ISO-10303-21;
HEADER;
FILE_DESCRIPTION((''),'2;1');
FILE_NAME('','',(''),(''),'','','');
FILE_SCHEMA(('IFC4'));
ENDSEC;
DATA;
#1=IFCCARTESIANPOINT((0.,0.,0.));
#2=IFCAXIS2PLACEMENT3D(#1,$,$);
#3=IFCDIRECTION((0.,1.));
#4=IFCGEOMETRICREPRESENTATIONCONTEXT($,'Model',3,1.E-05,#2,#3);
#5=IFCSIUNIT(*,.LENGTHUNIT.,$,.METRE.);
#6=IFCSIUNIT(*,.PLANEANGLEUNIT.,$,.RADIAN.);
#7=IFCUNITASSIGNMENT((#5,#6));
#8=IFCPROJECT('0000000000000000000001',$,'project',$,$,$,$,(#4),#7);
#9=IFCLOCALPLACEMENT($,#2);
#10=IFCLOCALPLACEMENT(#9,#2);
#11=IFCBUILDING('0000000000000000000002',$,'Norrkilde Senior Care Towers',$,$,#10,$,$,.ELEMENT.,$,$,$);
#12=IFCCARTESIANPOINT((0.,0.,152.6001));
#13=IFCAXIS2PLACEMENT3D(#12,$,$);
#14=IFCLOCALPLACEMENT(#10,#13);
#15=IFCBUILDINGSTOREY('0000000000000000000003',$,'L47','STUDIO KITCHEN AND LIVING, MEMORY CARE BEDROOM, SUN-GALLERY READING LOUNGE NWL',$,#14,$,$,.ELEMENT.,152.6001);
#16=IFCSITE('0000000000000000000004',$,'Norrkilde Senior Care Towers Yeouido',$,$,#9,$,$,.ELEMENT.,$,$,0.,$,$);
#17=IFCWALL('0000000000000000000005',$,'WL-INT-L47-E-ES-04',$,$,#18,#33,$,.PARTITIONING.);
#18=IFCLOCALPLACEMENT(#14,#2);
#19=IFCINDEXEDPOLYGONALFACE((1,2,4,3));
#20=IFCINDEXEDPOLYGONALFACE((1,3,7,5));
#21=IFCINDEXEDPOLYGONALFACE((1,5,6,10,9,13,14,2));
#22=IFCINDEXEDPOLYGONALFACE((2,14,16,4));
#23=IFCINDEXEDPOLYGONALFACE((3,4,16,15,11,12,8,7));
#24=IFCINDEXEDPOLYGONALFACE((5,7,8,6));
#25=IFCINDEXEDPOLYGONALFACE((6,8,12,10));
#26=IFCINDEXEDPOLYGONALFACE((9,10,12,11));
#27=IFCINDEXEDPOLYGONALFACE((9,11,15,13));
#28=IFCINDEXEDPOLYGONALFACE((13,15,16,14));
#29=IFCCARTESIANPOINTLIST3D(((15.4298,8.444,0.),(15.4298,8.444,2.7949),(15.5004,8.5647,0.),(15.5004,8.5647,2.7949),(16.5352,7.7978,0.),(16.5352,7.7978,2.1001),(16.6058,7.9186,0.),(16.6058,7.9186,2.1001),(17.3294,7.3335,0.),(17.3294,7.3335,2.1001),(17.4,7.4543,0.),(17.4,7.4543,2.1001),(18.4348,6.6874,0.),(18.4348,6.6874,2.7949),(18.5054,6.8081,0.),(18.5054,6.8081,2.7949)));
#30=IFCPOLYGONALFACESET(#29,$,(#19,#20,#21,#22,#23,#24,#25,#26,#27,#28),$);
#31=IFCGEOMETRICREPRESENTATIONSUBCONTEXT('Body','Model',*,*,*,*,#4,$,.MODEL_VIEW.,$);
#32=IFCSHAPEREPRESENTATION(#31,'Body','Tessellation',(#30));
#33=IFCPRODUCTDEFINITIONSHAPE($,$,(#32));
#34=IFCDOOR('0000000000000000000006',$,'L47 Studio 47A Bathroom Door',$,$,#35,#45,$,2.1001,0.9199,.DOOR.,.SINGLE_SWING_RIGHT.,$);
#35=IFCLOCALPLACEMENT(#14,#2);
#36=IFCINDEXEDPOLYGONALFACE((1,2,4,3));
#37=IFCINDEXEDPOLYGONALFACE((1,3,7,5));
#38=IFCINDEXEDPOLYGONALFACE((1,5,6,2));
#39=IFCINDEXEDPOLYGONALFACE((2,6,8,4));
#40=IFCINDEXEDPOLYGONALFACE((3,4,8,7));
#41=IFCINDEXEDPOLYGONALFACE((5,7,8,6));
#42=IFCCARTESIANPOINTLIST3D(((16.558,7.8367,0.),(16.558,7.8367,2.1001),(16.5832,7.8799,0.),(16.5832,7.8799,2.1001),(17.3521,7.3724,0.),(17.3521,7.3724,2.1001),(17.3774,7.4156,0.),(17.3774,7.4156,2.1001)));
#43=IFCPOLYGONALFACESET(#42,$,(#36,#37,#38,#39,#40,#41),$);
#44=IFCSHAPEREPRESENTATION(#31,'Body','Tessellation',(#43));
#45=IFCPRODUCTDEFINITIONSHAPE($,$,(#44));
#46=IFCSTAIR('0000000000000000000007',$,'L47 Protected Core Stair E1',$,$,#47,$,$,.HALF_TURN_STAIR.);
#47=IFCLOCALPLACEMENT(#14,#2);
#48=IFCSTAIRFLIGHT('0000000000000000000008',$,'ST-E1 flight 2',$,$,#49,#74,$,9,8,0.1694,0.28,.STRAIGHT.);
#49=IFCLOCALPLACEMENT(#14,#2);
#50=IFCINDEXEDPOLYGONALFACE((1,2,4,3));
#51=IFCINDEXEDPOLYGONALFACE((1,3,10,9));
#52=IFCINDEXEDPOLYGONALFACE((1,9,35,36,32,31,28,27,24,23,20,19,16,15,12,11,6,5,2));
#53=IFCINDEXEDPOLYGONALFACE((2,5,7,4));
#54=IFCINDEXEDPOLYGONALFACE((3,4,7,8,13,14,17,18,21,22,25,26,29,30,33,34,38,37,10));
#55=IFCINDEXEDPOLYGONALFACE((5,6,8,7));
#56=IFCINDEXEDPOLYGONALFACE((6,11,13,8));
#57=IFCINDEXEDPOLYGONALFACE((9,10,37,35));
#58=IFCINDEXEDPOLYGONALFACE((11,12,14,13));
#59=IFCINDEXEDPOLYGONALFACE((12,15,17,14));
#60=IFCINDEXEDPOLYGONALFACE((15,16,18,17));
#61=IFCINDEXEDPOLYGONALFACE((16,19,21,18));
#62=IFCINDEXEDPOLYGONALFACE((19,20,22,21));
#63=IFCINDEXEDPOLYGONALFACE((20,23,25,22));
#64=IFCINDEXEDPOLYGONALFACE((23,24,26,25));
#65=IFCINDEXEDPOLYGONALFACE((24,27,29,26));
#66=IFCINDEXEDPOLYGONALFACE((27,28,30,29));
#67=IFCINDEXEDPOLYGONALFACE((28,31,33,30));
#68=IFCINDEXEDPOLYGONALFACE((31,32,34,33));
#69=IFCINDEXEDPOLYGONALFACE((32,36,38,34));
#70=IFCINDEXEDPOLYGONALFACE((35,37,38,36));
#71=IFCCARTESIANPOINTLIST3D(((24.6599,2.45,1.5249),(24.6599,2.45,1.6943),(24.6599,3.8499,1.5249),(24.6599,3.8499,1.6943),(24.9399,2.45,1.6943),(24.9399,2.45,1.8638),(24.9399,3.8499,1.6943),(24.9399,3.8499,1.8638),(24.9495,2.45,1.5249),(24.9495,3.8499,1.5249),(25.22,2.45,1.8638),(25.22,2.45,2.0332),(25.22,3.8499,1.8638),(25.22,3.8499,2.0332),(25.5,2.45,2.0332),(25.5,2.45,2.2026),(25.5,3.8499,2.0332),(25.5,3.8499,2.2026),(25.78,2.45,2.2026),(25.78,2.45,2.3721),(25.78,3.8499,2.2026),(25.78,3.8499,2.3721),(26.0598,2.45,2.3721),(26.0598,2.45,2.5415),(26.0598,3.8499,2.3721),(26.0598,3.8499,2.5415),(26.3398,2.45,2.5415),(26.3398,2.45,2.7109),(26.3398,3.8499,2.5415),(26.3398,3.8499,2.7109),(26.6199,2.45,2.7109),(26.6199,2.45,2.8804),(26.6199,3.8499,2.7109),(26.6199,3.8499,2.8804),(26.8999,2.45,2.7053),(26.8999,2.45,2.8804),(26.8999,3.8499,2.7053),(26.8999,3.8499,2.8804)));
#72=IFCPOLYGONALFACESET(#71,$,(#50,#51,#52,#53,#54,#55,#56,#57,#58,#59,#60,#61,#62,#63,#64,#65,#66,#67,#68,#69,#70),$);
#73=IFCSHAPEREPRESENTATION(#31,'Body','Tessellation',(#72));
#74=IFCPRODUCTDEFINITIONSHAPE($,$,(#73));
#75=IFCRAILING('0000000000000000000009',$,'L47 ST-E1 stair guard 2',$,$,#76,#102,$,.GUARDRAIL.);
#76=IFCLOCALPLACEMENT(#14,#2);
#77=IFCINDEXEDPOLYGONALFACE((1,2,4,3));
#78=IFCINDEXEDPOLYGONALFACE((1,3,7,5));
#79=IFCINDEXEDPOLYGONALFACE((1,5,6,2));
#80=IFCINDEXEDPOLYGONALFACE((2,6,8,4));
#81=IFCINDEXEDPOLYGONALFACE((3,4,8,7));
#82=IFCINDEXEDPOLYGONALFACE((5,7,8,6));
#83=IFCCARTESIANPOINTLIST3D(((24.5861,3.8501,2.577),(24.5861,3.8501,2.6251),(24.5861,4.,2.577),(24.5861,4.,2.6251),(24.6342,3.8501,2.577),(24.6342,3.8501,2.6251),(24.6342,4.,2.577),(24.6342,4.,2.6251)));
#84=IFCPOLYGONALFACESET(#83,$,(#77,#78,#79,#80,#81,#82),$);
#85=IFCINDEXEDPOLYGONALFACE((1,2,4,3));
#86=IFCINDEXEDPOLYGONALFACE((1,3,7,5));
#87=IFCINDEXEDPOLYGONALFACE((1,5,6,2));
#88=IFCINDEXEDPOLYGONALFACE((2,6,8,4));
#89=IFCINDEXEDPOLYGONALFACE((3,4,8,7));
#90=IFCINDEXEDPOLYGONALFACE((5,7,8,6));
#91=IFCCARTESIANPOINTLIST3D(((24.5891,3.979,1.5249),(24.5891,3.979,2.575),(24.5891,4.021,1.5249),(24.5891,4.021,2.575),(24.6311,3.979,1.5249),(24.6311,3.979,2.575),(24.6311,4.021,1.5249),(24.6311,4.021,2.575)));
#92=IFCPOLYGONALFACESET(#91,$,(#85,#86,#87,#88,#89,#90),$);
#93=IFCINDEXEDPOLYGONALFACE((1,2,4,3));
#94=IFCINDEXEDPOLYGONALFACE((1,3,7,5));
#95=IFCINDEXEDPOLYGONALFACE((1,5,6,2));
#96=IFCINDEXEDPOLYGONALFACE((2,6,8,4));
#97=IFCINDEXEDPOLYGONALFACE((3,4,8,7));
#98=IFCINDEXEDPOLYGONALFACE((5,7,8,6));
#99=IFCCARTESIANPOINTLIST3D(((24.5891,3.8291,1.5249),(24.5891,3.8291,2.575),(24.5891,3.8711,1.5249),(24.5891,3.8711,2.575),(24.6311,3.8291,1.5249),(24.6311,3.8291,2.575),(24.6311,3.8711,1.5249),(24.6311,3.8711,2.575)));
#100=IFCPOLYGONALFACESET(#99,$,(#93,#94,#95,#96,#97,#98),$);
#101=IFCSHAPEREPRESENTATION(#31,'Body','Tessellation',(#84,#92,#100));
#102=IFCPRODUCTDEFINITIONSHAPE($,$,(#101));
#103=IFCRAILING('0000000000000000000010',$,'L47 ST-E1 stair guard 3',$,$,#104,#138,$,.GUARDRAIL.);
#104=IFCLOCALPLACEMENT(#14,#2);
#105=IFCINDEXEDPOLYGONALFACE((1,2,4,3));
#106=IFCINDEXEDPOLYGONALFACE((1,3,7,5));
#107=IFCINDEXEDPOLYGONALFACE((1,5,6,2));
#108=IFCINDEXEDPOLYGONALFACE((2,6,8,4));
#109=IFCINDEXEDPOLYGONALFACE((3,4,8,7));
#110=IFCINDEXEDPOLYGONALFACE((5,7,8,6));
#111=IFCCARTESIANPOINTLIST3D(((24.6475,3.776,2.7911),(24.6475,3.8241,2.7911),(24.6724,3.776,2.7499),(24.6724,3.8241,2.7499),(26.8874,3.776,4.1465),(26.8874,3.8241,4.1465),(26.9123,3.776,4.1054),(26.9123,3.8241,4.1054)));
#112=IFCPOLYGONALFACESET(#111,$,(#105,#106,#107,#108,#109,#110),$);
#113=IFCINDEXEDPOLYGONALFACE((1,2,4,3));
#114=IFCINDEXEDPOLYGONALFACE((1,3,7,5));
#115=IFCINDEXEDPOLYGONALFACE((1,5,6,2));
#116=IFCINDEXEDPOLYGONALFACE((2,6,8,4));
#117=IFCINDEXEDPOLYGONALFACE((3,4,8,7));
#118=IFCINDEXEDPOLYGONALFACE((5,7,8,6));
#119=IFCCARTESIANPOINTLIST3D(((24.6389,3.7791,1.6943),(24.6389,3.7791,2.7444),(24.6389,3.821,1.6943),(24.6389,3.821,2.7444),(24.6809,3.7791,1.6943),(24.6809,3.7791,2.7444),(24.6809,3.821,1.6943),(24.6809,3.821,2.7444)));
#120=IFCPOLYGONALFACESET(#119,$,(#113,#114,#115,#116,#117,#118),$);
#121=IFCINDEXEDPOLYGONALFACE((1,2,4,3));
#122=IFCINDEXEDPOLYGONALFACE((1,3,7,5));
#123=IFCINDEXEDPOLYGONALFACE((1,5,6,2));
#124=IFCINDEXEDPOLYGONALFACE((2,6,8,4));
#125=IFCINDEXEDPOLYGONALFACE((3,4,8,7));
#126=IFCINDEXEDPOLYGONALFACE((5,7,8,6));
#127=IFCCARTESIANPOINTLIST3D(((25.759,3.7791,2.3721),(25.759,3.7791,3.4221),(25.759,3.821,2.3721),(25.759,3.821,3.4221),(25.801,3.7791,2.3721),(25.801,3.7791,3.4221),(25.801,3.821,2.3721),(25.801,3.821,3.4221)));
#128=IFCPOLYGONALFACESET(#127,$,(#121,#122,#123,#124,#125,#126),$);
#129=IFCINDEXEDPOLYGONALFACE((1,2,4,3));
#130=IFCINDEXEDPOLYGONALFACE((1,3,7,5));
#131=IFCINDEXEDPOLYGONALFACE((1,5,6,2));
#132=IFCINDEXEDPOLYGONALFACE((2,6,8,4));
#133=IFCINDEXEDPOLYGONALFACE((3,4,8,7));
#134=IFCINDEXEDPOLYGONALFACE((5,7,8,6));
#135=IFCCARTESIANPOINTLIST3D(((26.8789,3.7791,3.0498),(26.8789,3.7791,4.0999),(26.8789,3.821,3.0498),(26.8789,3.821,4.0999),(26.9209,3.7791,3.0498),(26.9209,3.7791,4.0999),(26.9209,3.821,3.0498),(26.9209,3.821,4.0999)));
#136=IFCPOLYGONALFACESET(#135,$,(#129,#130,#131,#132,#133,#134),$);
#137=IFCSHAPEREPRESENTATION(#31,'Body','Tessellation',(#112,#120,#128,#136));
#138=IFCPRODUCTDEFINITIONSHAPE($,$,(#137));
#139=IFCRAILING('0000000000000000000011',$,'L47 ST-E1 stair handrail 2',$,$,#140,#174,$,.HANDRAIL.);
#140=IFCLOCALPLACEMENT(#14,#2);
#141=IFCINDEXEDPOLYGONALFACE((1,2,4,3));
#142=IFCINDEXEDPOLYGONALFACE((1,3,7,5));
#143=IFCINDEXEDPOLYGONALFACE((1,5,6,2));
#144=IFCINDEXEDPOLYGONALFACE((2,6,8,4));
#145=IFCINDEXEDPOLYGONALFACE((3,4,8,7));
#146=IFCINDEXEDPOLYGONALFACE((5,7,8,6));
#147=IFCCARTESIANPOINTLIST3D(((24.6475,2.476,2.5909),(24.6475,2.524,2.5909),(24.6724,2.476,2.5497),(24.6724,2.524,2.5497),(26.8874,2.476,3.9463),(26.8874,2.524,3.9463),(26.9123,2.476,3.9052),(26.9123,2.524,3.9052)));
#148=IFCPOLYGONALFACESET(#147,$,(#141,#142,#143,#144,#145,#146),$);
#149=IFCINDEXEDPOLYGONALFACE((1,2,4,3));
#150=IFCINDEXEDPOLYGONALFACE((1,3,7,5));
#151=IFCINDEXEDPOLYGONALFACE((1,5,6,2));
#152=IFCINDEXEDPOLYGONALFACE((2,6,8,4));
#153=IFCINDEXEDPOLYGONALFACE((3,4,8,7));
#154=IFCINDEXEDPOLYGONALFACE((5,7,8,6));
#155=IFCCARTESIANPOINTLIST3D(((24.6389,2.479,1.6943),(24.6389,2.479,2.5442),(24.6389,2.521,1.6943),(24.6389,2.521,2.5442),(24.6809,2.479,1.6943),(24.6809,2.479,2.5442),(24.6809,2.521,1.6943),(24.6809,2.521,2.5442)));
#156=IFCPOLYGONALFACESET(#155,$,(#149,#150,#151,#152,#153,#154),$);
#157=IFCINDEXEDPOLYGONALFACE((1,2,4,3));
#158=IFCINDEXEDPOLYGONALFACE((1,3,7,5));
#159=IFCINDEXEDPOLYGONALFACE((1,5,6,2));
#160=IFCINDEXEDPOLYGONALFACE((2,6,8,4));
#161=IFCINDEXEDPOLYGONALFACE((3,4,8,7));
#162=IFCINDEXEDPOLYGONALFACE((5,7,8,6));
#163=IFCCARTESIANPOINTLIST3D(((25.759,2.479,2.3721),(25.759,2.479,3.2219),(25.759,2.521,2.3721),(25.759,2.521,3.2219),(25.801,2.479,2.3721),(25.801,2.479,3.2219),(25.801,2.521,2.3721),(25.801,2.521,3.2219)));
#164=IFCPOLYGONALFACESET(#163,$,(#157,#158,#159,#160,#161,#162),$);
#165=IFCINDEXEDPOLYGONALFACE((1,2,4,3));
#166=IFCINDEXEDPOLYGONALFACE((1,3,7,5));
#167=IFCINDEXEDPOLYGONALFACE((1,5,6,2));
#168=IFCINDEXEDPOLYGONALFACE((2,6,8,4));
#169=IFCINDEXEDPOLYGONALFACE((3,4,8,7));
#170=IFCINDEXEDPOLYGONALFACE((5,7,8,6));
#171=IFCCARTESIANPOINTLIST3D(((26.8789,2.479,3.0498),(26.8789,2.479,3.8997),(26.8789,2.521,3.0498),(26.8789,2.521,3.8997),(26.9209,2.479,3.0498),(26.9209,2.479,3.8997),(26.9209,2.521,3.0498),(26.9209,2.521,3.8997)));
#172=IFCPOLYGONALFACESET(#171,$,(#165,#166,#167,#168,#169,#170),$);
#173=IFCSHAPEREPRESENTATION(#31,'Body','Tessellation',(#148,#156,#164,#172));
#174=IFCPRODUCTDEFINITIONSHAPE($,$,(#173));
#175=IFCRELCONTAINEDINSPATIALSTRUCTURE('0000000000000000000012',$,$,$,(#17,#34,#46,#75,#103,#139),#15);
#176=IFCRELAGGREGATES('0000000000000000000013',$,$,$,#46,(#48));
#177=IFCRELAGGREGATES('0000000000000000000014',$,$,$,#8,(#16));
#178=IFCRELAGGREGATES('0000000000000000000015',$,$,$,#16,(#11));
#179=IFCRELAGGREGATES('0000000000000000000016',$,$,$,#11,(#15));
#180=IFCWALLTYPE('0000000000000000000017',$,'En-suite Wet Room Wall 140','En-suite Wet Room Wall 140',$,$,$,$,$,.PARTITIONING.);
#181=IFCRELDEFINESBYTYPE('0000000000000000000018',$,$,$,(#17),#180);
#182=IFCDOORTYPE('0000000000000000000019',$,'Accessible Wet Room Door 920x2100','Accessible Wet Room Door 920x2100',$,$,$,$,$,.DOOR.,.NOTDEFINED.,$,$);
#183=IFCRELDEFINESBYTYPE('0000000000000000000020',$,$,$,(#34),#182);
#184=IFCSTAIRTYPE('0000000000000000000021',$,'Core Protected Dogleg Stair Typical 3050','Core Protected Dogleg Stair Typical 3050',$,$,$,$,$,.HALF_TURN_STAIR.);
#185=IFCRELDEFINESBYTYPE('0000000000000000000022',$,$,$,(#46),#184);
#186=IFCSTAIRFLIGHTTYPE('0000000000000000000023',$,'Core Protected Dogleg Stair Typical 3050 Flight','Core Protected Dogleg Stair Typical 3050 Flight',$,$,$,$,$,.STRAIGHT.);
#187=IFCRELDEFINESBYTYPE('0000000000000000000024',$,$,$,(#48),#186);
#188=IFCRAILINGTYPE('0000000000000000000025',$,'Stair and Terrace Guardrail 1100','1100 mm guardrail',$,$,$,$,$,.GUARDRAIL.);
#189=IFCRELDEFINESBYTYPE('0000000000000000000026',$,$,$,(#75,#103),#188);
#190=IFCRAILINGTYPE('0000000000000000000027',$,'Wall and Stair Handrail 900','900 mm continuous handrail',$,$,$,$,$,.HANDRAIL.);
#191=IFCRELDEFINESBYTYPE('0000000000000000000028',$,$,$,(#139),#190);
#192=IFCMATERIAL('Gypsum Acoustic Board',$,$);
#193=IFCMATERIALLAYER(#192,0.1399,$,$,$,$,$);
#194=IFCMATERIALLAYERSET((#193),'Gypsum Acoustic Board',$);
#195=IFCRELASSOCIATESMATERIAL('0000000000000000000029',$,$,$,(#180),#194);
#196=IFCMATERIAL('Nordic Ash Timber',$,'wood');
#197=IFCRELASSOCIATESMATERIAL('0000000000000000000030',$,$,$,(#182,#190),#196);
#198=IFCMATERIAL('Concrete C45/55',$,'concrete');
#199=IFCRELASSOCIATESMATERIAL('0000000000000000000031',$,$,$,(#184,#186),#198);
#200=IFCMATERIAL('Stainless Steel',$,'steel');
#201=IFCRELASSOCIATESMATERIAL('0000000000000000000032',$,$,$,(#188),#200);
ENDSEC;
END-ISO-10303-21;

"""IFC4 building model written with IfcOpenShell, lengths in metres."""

from ifc_helpers import new_model, si_unit, direction, frame, frame_2d, origin, origin_2d, place, context, subcontext, project, spatial, polyline, rectangle, outline, extrude, source, transform, mapped, material, layer, layer_set, type_object, type_shapes, element, fill, aggregate, save


model = new_model("IFC4")

# Units and contexts
model_context = context("Model", 3, precision=1e-05, world=origin(), true_north=direction((0.0, 1.0)))
body_context = subcontext(model_context, "Body", "Model", "MODEL_VIEW")
ifc_project = project(units=[si_unit("LENGTHUNIT", "METRE"), si_unit("PLANEANGLEUNIT", "RADIAN")], contexts=[model_context])

# Site, building, storey
site_placement = place(None, origin())
site = spatial("IfcSite", under=ifc_project, at=site_placement, Name="Norrkilde Senior Care Towers Yeouido", CompositionType="ELEMENT", RefElevation=0.0)
building_placement = place(site_placement, origin())
building = spatial("IfcBuilding", under=site, at=building_placement, Name="Norrkilde Senior Care Towers", CompositionType="ELEMENT")
storey_placement = place(building_placement, frame((0.0, 0.0, 152.6001)))
storey = spatial("IfcBuildingStorey", under=building, at=storey_placement, Name="L47", Description="STUDIO KITCHEN AND LIVING, MEMORY CARE BEDROOM, SUN-GALLERY READING LOUNGE NWL", CompositionType="ELEMENT", Elevation=152.6001)

# Shared definitions
ifc_material_1 = material(Name="Concrete C45/55", Category="concrete")

# Shared definitions
ifc_material_2 = material(Name="Gypsum Acoustic Board")

# Wall, opening, door
ifc_layer_1 = layer(ifc_material_2, 0.1399)
ifc_layer_set_1 = layer_set([ifc_layer_1], Name="Gypsum Acoustic Board")
wall_type_1 = type_object("IfcWallType", Name="En-suite Wet Room Wall 140", Description="En-suite Wet Room Wall 140", PredefinedType="PARTITIONING", material=ifc_layer_set_1)
shared_shape_1 = source(origin(), body_context, "Body", "SweptSolid", [
    extrude(rectangle(XDim=3.4807, YDim=0.1399, at=frame_2d((1.7402, 0.0))), origin(), (0.0, 0.0, 1.0), 2.7949),
])
type_shapes(wall_type_1, [shared_shape_1])
wall_1_placement = place(storey_placement, frame((18.47, 6.7478, 0.0), z_axis=(0.0, 0.0, 1.0), x_axis=(-0.86331, 0.504673, 0.0)))
wall_1 = element("IfcWall", 1, at=wall_1_placement, inside=storey, type_object=wall_type_1, Name="WL-INT-L47-E-ES-04", PredefinedType="PARTITIONING", context=body_context, shape_type="MappedRepresentation", body=[
    mapped(shared_shape_1, transform((0.0, 0.0, 0.0), x_axis=(1.0, 0.0, 0.0), y_axis=(0.0, 1.0, 0.0), z_axis=(0.0, 0.0, 1.0), scale=1.0)),
])
opening_1_placement = place(wall_1_placement, frame((1.2803, 0.0, 0.0)))
opening_1 = element("IfcOpeningElement", 2, at=opening_1_placement, cuts=wall_1, PredefinedType="OPENING", context=body_context, shape_type="SweptSolid", body=[
    extrude(rectangle(XDim=0.9199, YDim=2.1001, at=frame_2d((0.46, 1.05))), frame((0.0, 0.0798, 0.0), z_axis=(0.0, -1.0, 0.0), x_axis=(1.0, 0.0, 0.0)), (0.0, 0.0, 1.0), 0.1599),
])
ifc_material_3 = material(Name="Nordic Ash Timber", Category="wood")
door_type_1 = type_object("IfcDoorType", Name="Accessible Wet Room Door 920x2100", Description="Accessible Wet Room Door 920x2100", OperationType="NOTDEFINED", PredefinedType="DOOR", material=ifc_material_3)
shared_shape_2 = source(origin(), body_context, "Body", "SweptSolid", [
    extrude(rectangle(XDim=0.9199, YDim=2.1001, at=frame_2d((0.46, 1.05))), frame((0.0, 0.0249, 0.0), z_axis=(0.0, -1.0, 0.0), x_axis=(1.0, 0.0, 0.0)), (0.0, 0.0, 1.0), 0.05),
])
type_shapes(door_type_1, [shared_shape_2])
door_1_placement = place(opening_1_placement, origin())
door_1 = element("IfcDoor", 3, at=door_1_placement, inside=storey, type_object=door_type_1, Name="L47 Studio 47A Bathroom Door", OperationType="SINGLE_SWING_RIGHT", OverallHeight=2.1001, OverallWidth=0.9199, PredefinedType="DOOR", context=body_context, shape_type="MappedRepresentation", body=[
    mapped(shared_shape_2, transform((0.0, 0.0, 0.0), x_axis=(1.0, 0.0, 0.0), y_axis=(0.0, 1.0, 0.0), z_axis=(0.0, 0.0, 1.0), scale=1.0)),
])
fill(opening_1, door_1)

# Stair, stair flight
stair_type = type_object("IfcStairType", Name="Core Protected Dogleg Stair Typical 3050", Description="Core Protected Dogleg Stair Typical 3050", PredefinedType="HALF_TURN_STAIR", material=ifc_material_1)
stair_placement = place(storey_placement, origin())
stair = element("IfcStair", 4, at=stair_placement, inside=storey, type_object=stair_type, Name="L47 Protected Core Stair E1", PredefinedType="HALF_TURN_STAIR")
stair_flight_type = type_object("IfcStairFlightType", Name="Core Protected Dogleg Stair Typical 3050 Flight", Description="Core Protected Dogleg Stair Typical 3050 Flight", PredefinedType="STRAIGHT", material=ifc_material_1)
stair_flight_placement = place(storey_placement, frame((24.6599, 3.1499, 1.5249), z_axis=(0.0, 0.0, 1.0), x_axis=(1.0, 0.0, 0.0)))
stair_flight = element("IfcStairFlight", 5, at=stair_flight_placement, type_object=stair_flight_type, Name="ST-E1 flight 2", NumberOfRisers=9, NumberOfTreads=8, PredefinedType="STRAIGHT", RiserHeight=0.1694, TreadLength=0.28, context=body_context, shape_type="SweptSolid", body=[
    extrude(outline(polyline([(0.0, 0.0), (0.0, 0.1694), (0.28, 0.1694), (0.28, 0.3389), (0.5601, 0.3389), (0.5601, 0.5083), (0.8401, 0.5083), (0.8401, 0.6777), (1.1201, 0.6777), (1.1201, 0.8472), (1.3999, 0.8472), (1.3999, 1.0166), (1.6799, 1.0166), (1.6799, 1.186), (1.96, 1.186), (1.96, 1.3555), (2.24, 1.3555), (2.24, 1.5249), (2.24, 1.1804), (0.2896, 0.0), (0.0, 0.0)])), frame((0.0, 0.7, 0.0), z_axis=(0.0, -1.0, 0.0), x_axis=(1.0, 0.0, 0.0)), (0.0, 0.0, 1.0), 1.3999),
])
aggregate(stair, [stair_flight])

# Railings
ifc_material_4 = material(Name="Stainless Steel", Category="steel")
railing_type_1 = type_object("IfcRailingType", Name="Stair and Terrace Guardrail 1100", Description="1100 mm guardrail", PredefinedType="GUARDRAIL", material=ifc_material_4)
railing_1_placement = place(storey_placement, frame((24.6101, 4.0, 1.5249)))
element("IfcRailing", 6, at=railing_1_placement, inside=storey, type_object=railing_type_1, Name="L47 ST-E1 stair guard 2", PredefinedType="GUARDRAIL", context=body_context, shape_type="SweptSolid", body=[
    extrude(rectangle(XDim=0.0481, YDim=0.0481, at=origin_2d()), frame((0.0, 0.0, 1.0762), z_axis=(0.0, -1.0, 0.0), x_axis=(1.0, 0.0, 0.0)), (0.0, 0.0, 1.0), 0.1499),
    extrude(rectangle(XDim=0.042, YDim=0.042, at=origin_2d()), origin(), (0.0, 0.0, 1.0), 1.05),
    extrude(rectangle(XDim=0.042, YDim=0.042, at=origin_2d()), frame((0.0, -0.1499, 0.0)), (0.0, 0.0, 1.0), 1.05),
])
railing_2_placement = place(storey_placement, frame((24.6599, 3.8, 1.6943)))
element("IfcRailing", 7, at=railing_2_placement, inside=storey, type_object=railing_type_1, Name="L47 ST-E1 stair guard 3", PredefinedType="GUARDRAIL", context=body_context, shape_type="SweptSolid", body=[
    extrude(rectangle(XDim=0.0481, YDim=0.0481, at=origin_2d()), frame((0.0, 0.0, 1.0762), z_axis=(0.855553, 0.0, 0.517715), x_axis=(0.0, 1.0, 0.0)), (0.0, 0.0, 1.0), 2.6182),
    extrude(rectangle(XDim=0.042, YDim=0.042, at=origin_2d()), origin(), (0.0, 0.0, 1.0), 1.05),
    extrude(rectangle(XDim=0.042, YDim=0.042, at=origin_2d()), frame((1.1201, 0.0, 0.6777)), (0.0, 0.0, 1.0), 1.05),
    extrude(rectangle(XDim=0.042, YDim=0.042, at=origin_2d()), frame((2.24, 0.0, 1.3555)), (0.0, 0.0, 1.0), 1.05),
])
railing_type_2 = type_object("IfcRailingType", Name="Wall and Stair Handrail 900", Description="900 mm continuous handrail", PredefinedType="HANDRAIL", material=ifc_material_3)
railing_3_placement = place(storey_placement, frame((24.6599, 2.5, 1.6943)))
element("IfcRailing", 8, at=railing_3_placement, inside=storey, type_object=railing_type_2, Name="L47 ST-E1 stair handrail 2", PredefinedType="HANDRAIL", context=body_context, shape_type="SweptSolid", body=[
    extrude(rectangle(XDim=0.0481, YDim=0.0481, at=origin_2d()), frame((0.0, 0.0, 0.876), z_axis=(0.855553, 0.0, 0.517715), x_axis=(0.0, 1.0, 0.0)), (0.0, 0.0, 1.0), 2.6182),
    extrude(rectangle(XDim=0.042, YDim=0.042, at=origin_2d()), origin(), (0.0, 0.0, 1.0), 0.8499),
    extrude(rectangle(XDim=0.042, YDim=0.042, at=origin_2d()), frame((1.1201, 0.0, 0.6777)), (0.0, 0.0, 1.0), 0.8499),
    extrude(rectangle(XDim=0.042, YDim=0.042, at=origin_2d()), frame((2.24, 0.0, 1.3555)), (0.0, 0.0, 1.0), 0.8499),
])

save(model, "model.ifc")
